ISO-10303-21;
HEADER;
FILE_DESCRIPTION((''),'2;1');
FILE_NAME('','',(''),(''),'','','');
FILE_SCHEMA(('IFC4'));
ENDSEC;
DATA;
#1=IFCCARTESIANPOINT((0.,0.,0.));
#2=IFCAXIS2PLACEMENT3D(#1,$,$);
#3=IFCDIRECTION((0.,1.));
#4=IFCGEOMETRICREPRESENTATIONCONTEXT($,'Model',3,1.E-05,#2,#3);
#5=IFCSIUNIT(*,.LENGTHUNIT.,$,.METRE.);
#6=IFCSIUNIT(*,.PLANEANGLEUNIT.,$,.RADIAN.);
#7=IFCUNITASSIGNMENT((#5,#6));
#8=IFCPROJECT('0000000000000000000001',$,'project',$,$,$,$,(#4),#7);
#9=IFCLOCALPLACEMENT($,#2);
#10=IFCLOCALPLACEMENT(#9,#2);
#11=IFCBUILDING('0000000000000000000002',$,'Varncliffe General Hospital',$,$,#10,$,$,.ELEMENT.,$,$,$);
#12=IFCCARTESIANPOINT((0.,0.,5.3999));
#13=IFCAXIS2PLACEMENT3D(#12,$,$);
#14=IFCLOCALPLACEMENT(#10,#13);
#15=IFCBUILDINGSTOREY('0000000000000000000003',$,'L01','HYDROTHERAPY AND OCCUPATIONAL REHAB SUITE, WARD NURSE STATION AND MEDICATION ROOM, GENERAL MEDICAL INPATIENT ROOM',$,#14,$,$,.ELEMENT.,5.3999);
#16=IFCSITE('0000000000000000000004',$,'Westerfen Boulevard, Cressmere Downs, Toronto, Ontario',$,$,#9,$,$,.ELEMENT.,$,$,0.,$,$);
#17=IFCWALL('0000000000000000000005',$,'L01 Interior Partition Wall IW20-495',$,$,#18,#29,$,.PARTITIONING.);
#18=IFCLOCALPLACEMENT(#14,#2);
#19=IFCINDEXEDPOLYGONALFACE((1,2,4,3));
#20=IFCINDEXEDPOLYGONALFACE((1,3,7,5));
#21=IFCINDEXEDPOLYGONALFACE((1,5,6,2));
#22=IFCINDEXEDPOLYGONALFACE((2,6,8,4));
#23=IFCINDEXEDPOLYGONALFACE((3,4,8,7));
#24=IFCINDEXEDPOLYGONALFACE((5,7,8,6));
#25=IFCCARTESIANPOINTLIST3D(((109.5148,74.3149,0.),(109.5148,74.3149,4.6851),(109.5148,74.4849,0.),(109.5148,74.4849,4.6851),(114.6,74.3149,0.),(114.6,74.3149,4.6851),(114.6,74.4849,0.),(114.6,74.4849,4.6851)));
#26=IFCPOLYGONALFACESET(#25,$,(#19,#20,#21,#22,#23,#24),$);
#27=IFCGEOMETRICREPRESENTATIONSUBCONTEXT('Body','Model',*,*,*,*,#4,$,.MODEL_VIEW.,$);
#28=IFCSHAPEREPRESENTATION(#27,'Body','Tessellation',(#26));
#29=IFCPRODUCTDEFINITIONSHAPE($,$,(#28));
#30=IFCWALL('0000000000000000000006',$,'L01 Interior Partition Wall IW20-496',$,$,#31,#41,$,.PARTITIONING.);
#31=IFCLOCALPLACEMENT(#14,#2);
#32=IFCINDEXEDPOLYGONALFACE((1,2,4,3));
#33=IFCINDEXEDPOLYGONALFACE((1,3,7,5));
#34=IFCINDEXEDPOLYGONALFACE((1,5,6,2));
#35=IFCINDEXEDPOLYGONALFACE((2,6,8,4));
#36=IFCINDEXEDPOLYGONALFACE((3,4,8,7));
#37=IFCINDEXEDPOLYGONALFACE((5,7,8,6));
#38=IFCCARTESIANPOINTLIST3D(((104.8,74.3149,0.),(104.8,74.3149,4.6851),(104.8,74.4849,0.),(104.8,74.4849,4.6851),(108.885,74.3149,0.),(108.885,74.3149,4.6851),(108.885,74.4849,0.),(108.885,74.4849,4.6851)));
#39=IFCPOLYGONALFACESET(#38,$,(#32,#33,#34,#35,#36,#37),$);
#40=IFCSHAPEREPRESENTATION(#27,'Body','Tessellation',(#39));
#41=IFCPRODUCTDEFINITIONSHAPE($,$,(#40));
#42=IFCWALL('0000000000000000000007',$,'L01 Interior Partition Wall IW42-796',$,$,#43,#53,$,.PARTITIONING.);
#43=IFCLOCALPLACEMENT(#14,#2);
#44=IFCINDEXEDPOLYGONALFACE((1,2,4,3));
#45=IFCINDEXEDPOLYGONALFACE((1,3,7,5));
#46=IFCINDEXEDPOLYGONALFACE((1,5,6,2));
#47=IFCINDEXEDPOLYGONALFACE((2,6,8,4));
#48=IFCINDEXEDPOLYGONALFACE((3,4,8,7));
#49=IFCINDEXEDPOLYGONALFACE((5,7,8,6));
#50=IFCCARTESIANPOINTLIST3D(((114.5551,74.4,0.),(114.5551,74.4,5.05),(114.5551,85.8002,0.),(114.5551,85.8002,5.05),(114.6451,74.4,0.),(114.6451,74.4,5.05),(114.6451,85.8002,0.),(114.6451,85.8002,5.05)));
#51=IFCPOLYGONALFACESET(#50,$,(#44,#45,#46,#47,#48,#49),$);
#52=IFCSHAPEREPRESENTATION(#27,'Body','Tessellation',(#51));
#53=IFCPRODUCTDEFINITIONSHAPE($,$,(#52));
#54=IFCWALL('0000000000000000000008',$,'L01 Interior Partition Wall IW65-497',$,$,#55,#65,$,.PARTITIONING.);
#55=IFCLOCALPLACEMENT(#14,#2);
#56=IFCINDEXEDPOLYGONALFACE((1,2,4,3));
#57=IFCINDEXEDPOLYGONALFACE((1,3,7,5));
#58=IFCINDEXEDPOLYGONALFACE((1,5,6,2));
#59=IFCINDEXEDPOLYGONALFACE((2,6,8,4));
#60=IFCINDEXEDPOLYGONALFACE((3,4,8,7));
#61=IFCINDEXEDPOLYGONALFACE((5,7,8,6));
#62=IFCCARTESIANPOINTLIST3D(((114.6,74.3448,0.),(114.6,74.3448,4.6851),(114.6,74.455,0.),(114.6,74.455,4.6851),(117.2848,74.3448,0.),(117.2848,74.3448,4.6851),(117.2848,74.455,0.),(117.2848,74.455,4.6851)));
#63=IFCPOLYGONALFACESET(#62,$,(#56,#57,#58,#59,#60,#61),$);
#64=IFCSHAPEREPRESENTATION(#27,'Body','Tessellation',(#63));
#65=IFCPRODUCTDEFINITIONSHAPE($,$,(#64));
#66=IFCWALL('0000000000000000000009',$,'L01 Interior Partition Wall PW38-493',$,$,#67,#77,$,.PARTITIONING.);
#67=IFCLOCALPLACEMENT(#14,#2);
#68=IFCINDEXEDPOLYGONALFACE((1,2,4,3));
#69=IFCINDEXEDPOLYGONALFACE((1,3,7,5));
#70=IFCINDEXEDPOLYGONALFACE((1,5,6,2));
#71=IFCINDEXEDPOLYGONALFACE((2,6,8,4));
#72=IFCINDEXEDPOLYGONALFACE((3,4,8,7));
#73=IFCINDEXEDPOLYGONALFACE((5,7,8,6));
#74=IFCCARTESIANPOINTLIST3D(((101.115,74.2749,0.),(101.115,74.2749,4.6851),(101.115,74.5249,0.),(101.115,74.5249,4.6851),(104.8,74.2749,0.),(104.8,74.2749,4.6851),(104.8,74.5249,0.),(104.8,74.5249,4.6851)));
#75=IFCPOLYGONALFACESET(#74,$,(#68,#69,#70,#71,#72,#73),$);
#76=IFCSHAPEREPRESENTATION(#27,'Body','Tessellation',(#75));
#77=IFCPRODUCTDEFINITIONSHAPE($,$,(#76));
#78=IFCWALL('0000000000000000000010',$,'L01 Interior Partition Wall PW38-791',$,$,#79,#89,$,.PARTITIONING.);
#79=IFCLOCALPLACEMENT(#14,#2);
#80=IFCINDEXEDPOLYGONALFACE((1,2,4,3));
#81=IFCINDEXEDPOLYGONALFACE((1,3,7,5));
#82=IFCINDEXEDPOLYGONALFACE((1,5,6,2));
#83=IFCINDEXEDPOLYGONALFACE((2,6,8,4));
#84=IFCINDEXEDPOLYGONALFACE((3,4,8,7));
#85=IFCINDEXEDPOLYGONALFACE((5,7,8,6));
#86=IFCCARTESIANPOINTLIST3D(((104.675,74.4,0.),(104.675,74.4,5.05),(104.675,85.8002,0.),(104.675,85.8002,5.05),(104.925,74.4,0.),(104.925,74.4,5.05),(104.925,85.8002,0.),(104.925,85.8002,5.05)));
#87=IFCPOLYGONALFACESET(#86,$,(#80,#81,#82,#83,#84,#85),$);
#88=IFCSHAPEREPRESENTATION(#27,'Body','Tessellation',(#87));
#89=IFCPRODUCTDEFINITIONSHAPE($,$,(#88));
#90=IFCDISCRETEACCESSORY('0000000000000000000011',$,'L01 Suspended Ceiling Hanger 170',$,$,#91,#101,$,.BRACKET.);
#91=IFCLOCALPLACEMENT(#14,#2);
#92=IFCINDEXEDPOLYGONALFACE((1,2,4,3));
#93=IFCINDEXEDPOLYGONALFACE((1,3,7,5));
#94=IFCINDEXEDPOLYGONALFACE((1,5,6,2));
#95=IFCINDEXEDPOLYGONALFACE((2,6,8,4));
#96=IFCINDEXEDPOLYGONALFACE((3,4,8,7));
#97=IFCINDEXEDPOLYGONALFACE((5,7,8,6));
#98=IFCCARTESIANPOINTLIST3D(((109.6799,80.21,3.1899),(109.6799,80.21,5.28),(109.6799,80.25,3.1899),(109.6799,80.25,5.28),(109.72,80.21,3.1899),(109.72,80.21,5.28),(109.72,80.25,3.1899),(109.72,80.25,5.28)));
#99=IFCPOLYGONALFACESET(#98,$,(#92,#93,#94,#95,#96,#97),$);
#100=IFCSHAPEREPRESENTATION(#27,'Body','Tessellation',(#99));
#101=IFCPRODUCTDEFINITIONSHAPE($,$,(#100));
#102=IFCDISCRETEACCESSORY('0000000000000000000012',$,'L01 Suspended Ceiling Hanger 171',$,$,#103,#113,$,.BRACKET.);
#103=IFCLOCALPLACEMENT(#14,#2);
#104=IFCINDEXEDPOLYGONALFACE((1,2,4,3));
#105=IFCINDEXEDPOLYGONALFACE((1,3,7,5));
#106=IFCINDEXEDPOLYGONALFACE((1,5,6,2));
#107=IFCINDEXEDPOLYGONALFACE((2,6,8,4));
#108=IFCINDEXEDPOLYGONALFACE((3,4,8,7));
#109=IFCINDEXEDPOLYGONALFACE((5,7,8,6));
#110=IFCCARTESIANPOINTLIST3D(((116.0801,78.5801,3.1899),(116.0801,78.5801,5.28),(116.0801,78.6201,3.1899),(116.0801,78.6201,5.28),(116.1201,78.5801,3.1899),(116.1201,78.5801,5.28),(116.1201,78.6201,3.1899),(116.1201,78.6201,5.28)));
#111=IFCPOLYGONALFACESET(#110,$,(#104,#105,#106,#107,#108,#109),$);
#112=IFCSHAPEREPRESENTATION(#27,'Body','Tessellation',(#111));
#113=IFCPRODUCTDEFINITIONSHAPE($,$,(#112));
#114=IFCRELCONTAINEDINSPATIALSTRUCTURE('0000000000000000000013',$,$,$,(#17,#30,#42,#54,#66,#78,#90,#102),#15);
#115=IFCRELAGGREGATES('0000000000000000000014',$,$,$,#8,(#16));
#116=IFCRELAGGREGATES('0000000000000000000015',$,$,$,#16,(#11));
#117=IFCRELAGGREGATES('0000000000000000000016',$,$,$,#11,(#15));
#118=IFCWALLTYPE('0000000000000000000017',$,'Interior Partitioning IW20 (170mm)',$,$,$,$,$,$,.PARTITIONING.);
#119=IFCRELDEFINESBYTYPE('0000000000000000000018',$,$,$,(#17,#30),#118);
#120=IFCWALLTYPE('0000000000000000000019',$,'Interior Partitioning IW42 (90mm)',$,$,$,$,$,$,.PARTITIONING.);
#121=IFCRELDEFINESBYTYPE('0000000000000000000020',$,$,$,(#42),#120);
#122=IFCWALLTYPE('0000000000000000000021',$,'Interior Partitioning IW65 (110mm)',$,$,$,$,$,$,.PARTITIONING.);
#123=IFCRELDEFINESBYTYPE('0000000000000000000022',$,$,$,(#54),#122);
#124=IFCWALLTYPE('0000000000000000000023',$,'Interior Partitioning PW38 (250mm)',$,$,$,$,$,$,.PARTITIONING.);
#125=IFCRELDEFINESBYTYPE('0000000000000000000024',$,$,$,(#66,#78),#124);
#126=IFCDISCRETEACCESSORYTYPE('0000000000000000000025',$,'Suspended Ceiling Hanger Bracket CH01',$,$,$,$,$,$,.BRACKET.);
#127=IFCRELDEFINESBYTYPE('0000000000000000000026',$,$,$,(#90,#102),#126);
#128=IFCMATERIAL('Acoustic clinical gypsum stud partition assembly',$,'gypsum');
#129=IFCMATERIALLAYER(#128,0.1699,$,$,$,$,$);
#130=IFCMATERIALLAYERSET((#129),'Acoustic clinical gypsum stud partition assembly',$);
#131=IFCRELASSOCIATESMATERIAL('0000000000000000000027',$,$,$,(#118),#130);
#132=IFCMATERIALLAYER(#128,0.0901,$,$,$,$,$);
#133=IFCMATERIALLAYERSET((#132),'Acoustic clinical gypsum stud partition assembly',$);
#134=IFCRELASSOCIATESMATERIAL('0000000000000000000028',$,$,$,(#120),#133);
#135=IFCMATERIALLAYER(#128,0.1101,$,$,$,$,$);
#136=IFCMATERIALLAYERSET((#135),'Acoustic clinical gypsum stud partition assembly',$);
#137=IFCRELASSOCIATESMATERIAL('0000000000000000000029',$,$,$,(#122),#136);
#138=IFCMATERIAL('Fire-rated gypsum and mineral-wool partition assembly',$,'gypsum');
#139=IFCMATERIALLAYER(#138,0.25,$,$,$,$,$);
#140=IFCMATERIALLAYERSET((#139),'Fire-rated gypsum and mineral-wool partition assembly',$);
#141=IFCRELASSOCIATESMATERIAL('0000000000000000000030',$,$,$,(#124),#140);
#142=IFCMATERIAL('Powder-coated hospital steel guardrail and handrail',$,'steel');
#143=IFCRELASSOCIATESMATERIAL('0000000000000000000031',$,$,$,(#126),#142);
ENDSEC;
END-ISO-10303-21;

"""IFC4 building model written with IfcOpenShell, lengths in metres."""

from ifc_helpers import new_model, si_unit, direction, frame, frame_2d, origin, origin_2d, place, context, subcontext, project, spatial, rectangle, extrude, material, layer, layer_set, type_object, element, save


model = new_model("IFC4")

# Units and contexts
model_context = context("Model", 3, precision=1e-05, world=origin(), true_north=direction((0.0, 1.0)))
body_context = subcontext(model_context, "Body", "Model", "MODEL_VIEW")
ifc_project = project(units=[si_unit("LENGTHUNIT", "METRE"), si_unit("PLANEANGLEUNIT", "RADIAN")], contexts=[model_context])

# Site, building, storey
site_placement = place(None, origin())
site = spatial("IfcSite", under=ifc_project, at=site_placement, Name="Westerfen Boulevard, Cressmere Downs, Toronto, Ontario", CompositionType="ELEMENT", RefElevation=0.0)
building_placement = place(site_placement, origin())
building = spatial("IfcBuilding", under=site, at=building_placement, Name="Varncliffe General Hospital", CompositionType="ELEMENT")
storey_placement = place(building_placement, frame((0.0, 0.0, 5.3999)))
storey = spatial("IfcBuildingStorey", under=building, at=storey_placement, Name="L01", Description="HYDROTHERAPY AND OCCUPATIONAL REHAB SUITE, WARD NURSE STATION AND MEDICATION ROOM, GENERAL MEDICAL INPATIENT ROOM", CompositionType="ELEMENT", Elevation=5.3999)

# Walls
ifc_material_1 = material(Name="Acoustic clinical gypsum stud partition assembly", Category="gypsum")
ifc_layer_1 = layer(ifc_material_1, 0.1699)
ifc_layer_set_1 = layer_set([ifc_layer_1], Name="Acoustic clinical gypsum stud partition assembly")
wall_type_1 = type_object("IfcWallType", Name="Interior Partitioning IW20 (170mm)", PredefinedType="PARTITIONING", material=ifc_layer_set_1)
wall_1_placement = place(storey_placement, frame((109.5149, 74.3999, 0.0), z_axis=(0.0, 0.0, 1.0), x_axis=(1.0, 0.0, 0.0)))
element("IfcWall", 1, at=wall_1_placement, inside=storey, type_object=wall_type_1, Name="L01 Interior Partition Wall IW20-495", PredefinedType="PARTITIONING", context=body_context, shape_type="SweptSolid", body=[
    extrude(rectangle(XDim=5.0852, YDim=0.1699, at=frame_2d((2.5425, 0.0))), origin(), (0.0, 0.0, 1.0), 4.6851),
])
wall_2_placement = place(storey_placement, frame((104.8, 74.3999, 0.0), z_axis=(0.0, 0.0, 1.0), x_axis=(1.0, 0.0, 0.0)))
element("IfcWall", 2, at=wall_2_placement, inside=storey, type_object=wall_type_1, Name="L01 Interior Partition Wall IW20-496", PredefinedType="PARTITIONING", context=body_context, shape_type="SweptSolid", body=[
    extrude(rectangle(XDim=4.085, YDim=0.1699, at=frame_2d((2.0425, 0.0))), origin(), (0.0, 0.0, 1.0), 4.6851),
])
ifc_layer_2 = layer(ifc_material_1, 0.0901)
ifc_layer_set_2 = layer_set([ifc_layer_2], Name="Acoustic clinical gypsum stud partition assembly")
wall_type_2 = type_object("IfcWallType", Name="Interior Partitioning IW42 (90mm)", PredefinedType="PARTITIONING", material=ifc_layer_set_2)
wall_3_placement = place(storey_placement, frame((114.6001, 74.3999, 0.0), z_axis=(0.0, 0.0, 1.0), x_axis=(0.0, 1.0, 0.0)))
element("IfcWall", 3, at=wall_3_placement, inside=storey, type_object=wall_type_2, Name="L01 Interior Partition Wall IW42-796", PredefinedType="PARTITIONING", context=body_context, shape_type="SweptSolid", body=[
    extrude(rectangle(XDim=11.4001, YDim=0.0901, at=frame_2d((5.7002, 0.0))), origin(), (0.0, 0.0, 1.0), 5.05),
])
ifc_layer_3 = layer(ifc_material_1, 0.1101)
ifc_layer_set_3 = layer_set([ifc_layer_3], Name="Acoustic clinical gypsum stud partition assembly")
wall_type_3 = type_object("IfcWallType", Name="Interior Partitioning IW65 (110mm)", PredefinedType="PARTITIONING", material=ifc_layer_set_3)
wall_4_placement = place(storey_placement, frame((114.6001, 74.3999, 0.0), z_axis=(0.0, 0.0, 1.0), x_axis=(1.0, 0.0, 0.0)))
element("IfcWall", 4, at=wall_4_placement, inside=storey, type_object=wall_type_3, Name="L01 Interior Partition Wall IW65-497", PredefinedType="PARTITIONING", context=body_context, shape_type="SweptSolid", body=[
    extrude(rectangle(XDim=2.6848, YDim=0.1101, at=frame_2d((1.3423, 0.0))), origin(), (0.0, 0.0, 1.0), 4.6851),
])
ifc_material_2 = material(Name="Fire-rated gypsum and mineral-wool partition assembly", Category="gypsum")
ifc_layer_4 = layer(ifc_material_2, 0.25)
ifc_layer_set_4 = layer_set([ifc_layer_4], Name="Fire-rated gypsum and mineral-wool partition assembly")
wall_type_4 = type_object("IfcWallType", Name="Interior Partitioning PW38 (250mm)", PredefinedType="PARTITIONING", material=ifc_layer_set_4)
wall_5_placement = place(storey_placement, frame((101.115, 74.3999, 0.0), z_axis=(0.0, 0.0, 1.0), x_axis=(1.0, 0.0, 0.0)))
element("IfcWall", 5, at=wall_5_placement, inside=storey, type_object=wall_type_4, Name="L01 Interior Partition Wall PW38-493", PredefinedType="PARTITIONING", context=body_context, shape_type="SweptSolid", body=[
    extrude(rectangle(XDim=3.6851, YDim=0.25, at=frame_2d((1.8425, 0.0))), origin(), (0.0, 0.0, 1.0), 4.6851),
])
wall_6_placement = place(storey_placement, frame((104.8, 74.3999, 0.0), z_axis=(0.0, 0.0, 1.0), x_axis=(0.0, 1.0, 0.0)))
element("IfcWall", 6, at=wall_6_placement, inside=storey, type_object=wall_type_4, Name="L01 Interior Partition Wall PW38-791", PredefinedType="PARTITIONING", context=body_context, shape_type="SweptSolid", body=[
    extrude(rectangle(XDim=11.4001, YDim=0.25, at=frame_2d((5.7002, 0.0))), origin(), (0.0, 0.0, 1.0), 5.05),
])

# Discrete accessories
ifc_material_3 = material(Name="Powder-coated hospital steel guardrail and handrail", Category="steel")
discrete_accessory_type = type_object("IfcDiscreteAccessoryType", Name="Suspended Ceiling Hanger Bracket CH01", PredefinedType="BRACKET", material=ifc_material_3)
for number, where, z_axis, x_axis, name in (
    (7, (109.7, 80.23, 3.1899), (0.0, 0.0, 1.0), (1.0, 0.0, 0.0), "L01 Suspended Ceiling Hanger 170"),
    (8, (116.1001, 78.6001, 3.1899), (0.0, 0.0, 1.0), (1.0, 0.0, 0.0), "L01 Suspended Ceiling Hanger 171"),
):
    element("IfcDiscreteAccessory", number, at=place(storey_placement, frame(where, z_axis=z_axis, x_axis=x_axis)), inside=storey, type_object=discrete_accessory_type, Name=name, PredefinedType="BRACKET", context=body_context, shape_type="SweptSolid", body=[
        extrude(rectangle(XDim=0.04, YDim=0.04, at=origin_2d()), origin(), (0.0, 0.0, 1.0), 2.0901),
    ])

save(model, "model.ifc")
